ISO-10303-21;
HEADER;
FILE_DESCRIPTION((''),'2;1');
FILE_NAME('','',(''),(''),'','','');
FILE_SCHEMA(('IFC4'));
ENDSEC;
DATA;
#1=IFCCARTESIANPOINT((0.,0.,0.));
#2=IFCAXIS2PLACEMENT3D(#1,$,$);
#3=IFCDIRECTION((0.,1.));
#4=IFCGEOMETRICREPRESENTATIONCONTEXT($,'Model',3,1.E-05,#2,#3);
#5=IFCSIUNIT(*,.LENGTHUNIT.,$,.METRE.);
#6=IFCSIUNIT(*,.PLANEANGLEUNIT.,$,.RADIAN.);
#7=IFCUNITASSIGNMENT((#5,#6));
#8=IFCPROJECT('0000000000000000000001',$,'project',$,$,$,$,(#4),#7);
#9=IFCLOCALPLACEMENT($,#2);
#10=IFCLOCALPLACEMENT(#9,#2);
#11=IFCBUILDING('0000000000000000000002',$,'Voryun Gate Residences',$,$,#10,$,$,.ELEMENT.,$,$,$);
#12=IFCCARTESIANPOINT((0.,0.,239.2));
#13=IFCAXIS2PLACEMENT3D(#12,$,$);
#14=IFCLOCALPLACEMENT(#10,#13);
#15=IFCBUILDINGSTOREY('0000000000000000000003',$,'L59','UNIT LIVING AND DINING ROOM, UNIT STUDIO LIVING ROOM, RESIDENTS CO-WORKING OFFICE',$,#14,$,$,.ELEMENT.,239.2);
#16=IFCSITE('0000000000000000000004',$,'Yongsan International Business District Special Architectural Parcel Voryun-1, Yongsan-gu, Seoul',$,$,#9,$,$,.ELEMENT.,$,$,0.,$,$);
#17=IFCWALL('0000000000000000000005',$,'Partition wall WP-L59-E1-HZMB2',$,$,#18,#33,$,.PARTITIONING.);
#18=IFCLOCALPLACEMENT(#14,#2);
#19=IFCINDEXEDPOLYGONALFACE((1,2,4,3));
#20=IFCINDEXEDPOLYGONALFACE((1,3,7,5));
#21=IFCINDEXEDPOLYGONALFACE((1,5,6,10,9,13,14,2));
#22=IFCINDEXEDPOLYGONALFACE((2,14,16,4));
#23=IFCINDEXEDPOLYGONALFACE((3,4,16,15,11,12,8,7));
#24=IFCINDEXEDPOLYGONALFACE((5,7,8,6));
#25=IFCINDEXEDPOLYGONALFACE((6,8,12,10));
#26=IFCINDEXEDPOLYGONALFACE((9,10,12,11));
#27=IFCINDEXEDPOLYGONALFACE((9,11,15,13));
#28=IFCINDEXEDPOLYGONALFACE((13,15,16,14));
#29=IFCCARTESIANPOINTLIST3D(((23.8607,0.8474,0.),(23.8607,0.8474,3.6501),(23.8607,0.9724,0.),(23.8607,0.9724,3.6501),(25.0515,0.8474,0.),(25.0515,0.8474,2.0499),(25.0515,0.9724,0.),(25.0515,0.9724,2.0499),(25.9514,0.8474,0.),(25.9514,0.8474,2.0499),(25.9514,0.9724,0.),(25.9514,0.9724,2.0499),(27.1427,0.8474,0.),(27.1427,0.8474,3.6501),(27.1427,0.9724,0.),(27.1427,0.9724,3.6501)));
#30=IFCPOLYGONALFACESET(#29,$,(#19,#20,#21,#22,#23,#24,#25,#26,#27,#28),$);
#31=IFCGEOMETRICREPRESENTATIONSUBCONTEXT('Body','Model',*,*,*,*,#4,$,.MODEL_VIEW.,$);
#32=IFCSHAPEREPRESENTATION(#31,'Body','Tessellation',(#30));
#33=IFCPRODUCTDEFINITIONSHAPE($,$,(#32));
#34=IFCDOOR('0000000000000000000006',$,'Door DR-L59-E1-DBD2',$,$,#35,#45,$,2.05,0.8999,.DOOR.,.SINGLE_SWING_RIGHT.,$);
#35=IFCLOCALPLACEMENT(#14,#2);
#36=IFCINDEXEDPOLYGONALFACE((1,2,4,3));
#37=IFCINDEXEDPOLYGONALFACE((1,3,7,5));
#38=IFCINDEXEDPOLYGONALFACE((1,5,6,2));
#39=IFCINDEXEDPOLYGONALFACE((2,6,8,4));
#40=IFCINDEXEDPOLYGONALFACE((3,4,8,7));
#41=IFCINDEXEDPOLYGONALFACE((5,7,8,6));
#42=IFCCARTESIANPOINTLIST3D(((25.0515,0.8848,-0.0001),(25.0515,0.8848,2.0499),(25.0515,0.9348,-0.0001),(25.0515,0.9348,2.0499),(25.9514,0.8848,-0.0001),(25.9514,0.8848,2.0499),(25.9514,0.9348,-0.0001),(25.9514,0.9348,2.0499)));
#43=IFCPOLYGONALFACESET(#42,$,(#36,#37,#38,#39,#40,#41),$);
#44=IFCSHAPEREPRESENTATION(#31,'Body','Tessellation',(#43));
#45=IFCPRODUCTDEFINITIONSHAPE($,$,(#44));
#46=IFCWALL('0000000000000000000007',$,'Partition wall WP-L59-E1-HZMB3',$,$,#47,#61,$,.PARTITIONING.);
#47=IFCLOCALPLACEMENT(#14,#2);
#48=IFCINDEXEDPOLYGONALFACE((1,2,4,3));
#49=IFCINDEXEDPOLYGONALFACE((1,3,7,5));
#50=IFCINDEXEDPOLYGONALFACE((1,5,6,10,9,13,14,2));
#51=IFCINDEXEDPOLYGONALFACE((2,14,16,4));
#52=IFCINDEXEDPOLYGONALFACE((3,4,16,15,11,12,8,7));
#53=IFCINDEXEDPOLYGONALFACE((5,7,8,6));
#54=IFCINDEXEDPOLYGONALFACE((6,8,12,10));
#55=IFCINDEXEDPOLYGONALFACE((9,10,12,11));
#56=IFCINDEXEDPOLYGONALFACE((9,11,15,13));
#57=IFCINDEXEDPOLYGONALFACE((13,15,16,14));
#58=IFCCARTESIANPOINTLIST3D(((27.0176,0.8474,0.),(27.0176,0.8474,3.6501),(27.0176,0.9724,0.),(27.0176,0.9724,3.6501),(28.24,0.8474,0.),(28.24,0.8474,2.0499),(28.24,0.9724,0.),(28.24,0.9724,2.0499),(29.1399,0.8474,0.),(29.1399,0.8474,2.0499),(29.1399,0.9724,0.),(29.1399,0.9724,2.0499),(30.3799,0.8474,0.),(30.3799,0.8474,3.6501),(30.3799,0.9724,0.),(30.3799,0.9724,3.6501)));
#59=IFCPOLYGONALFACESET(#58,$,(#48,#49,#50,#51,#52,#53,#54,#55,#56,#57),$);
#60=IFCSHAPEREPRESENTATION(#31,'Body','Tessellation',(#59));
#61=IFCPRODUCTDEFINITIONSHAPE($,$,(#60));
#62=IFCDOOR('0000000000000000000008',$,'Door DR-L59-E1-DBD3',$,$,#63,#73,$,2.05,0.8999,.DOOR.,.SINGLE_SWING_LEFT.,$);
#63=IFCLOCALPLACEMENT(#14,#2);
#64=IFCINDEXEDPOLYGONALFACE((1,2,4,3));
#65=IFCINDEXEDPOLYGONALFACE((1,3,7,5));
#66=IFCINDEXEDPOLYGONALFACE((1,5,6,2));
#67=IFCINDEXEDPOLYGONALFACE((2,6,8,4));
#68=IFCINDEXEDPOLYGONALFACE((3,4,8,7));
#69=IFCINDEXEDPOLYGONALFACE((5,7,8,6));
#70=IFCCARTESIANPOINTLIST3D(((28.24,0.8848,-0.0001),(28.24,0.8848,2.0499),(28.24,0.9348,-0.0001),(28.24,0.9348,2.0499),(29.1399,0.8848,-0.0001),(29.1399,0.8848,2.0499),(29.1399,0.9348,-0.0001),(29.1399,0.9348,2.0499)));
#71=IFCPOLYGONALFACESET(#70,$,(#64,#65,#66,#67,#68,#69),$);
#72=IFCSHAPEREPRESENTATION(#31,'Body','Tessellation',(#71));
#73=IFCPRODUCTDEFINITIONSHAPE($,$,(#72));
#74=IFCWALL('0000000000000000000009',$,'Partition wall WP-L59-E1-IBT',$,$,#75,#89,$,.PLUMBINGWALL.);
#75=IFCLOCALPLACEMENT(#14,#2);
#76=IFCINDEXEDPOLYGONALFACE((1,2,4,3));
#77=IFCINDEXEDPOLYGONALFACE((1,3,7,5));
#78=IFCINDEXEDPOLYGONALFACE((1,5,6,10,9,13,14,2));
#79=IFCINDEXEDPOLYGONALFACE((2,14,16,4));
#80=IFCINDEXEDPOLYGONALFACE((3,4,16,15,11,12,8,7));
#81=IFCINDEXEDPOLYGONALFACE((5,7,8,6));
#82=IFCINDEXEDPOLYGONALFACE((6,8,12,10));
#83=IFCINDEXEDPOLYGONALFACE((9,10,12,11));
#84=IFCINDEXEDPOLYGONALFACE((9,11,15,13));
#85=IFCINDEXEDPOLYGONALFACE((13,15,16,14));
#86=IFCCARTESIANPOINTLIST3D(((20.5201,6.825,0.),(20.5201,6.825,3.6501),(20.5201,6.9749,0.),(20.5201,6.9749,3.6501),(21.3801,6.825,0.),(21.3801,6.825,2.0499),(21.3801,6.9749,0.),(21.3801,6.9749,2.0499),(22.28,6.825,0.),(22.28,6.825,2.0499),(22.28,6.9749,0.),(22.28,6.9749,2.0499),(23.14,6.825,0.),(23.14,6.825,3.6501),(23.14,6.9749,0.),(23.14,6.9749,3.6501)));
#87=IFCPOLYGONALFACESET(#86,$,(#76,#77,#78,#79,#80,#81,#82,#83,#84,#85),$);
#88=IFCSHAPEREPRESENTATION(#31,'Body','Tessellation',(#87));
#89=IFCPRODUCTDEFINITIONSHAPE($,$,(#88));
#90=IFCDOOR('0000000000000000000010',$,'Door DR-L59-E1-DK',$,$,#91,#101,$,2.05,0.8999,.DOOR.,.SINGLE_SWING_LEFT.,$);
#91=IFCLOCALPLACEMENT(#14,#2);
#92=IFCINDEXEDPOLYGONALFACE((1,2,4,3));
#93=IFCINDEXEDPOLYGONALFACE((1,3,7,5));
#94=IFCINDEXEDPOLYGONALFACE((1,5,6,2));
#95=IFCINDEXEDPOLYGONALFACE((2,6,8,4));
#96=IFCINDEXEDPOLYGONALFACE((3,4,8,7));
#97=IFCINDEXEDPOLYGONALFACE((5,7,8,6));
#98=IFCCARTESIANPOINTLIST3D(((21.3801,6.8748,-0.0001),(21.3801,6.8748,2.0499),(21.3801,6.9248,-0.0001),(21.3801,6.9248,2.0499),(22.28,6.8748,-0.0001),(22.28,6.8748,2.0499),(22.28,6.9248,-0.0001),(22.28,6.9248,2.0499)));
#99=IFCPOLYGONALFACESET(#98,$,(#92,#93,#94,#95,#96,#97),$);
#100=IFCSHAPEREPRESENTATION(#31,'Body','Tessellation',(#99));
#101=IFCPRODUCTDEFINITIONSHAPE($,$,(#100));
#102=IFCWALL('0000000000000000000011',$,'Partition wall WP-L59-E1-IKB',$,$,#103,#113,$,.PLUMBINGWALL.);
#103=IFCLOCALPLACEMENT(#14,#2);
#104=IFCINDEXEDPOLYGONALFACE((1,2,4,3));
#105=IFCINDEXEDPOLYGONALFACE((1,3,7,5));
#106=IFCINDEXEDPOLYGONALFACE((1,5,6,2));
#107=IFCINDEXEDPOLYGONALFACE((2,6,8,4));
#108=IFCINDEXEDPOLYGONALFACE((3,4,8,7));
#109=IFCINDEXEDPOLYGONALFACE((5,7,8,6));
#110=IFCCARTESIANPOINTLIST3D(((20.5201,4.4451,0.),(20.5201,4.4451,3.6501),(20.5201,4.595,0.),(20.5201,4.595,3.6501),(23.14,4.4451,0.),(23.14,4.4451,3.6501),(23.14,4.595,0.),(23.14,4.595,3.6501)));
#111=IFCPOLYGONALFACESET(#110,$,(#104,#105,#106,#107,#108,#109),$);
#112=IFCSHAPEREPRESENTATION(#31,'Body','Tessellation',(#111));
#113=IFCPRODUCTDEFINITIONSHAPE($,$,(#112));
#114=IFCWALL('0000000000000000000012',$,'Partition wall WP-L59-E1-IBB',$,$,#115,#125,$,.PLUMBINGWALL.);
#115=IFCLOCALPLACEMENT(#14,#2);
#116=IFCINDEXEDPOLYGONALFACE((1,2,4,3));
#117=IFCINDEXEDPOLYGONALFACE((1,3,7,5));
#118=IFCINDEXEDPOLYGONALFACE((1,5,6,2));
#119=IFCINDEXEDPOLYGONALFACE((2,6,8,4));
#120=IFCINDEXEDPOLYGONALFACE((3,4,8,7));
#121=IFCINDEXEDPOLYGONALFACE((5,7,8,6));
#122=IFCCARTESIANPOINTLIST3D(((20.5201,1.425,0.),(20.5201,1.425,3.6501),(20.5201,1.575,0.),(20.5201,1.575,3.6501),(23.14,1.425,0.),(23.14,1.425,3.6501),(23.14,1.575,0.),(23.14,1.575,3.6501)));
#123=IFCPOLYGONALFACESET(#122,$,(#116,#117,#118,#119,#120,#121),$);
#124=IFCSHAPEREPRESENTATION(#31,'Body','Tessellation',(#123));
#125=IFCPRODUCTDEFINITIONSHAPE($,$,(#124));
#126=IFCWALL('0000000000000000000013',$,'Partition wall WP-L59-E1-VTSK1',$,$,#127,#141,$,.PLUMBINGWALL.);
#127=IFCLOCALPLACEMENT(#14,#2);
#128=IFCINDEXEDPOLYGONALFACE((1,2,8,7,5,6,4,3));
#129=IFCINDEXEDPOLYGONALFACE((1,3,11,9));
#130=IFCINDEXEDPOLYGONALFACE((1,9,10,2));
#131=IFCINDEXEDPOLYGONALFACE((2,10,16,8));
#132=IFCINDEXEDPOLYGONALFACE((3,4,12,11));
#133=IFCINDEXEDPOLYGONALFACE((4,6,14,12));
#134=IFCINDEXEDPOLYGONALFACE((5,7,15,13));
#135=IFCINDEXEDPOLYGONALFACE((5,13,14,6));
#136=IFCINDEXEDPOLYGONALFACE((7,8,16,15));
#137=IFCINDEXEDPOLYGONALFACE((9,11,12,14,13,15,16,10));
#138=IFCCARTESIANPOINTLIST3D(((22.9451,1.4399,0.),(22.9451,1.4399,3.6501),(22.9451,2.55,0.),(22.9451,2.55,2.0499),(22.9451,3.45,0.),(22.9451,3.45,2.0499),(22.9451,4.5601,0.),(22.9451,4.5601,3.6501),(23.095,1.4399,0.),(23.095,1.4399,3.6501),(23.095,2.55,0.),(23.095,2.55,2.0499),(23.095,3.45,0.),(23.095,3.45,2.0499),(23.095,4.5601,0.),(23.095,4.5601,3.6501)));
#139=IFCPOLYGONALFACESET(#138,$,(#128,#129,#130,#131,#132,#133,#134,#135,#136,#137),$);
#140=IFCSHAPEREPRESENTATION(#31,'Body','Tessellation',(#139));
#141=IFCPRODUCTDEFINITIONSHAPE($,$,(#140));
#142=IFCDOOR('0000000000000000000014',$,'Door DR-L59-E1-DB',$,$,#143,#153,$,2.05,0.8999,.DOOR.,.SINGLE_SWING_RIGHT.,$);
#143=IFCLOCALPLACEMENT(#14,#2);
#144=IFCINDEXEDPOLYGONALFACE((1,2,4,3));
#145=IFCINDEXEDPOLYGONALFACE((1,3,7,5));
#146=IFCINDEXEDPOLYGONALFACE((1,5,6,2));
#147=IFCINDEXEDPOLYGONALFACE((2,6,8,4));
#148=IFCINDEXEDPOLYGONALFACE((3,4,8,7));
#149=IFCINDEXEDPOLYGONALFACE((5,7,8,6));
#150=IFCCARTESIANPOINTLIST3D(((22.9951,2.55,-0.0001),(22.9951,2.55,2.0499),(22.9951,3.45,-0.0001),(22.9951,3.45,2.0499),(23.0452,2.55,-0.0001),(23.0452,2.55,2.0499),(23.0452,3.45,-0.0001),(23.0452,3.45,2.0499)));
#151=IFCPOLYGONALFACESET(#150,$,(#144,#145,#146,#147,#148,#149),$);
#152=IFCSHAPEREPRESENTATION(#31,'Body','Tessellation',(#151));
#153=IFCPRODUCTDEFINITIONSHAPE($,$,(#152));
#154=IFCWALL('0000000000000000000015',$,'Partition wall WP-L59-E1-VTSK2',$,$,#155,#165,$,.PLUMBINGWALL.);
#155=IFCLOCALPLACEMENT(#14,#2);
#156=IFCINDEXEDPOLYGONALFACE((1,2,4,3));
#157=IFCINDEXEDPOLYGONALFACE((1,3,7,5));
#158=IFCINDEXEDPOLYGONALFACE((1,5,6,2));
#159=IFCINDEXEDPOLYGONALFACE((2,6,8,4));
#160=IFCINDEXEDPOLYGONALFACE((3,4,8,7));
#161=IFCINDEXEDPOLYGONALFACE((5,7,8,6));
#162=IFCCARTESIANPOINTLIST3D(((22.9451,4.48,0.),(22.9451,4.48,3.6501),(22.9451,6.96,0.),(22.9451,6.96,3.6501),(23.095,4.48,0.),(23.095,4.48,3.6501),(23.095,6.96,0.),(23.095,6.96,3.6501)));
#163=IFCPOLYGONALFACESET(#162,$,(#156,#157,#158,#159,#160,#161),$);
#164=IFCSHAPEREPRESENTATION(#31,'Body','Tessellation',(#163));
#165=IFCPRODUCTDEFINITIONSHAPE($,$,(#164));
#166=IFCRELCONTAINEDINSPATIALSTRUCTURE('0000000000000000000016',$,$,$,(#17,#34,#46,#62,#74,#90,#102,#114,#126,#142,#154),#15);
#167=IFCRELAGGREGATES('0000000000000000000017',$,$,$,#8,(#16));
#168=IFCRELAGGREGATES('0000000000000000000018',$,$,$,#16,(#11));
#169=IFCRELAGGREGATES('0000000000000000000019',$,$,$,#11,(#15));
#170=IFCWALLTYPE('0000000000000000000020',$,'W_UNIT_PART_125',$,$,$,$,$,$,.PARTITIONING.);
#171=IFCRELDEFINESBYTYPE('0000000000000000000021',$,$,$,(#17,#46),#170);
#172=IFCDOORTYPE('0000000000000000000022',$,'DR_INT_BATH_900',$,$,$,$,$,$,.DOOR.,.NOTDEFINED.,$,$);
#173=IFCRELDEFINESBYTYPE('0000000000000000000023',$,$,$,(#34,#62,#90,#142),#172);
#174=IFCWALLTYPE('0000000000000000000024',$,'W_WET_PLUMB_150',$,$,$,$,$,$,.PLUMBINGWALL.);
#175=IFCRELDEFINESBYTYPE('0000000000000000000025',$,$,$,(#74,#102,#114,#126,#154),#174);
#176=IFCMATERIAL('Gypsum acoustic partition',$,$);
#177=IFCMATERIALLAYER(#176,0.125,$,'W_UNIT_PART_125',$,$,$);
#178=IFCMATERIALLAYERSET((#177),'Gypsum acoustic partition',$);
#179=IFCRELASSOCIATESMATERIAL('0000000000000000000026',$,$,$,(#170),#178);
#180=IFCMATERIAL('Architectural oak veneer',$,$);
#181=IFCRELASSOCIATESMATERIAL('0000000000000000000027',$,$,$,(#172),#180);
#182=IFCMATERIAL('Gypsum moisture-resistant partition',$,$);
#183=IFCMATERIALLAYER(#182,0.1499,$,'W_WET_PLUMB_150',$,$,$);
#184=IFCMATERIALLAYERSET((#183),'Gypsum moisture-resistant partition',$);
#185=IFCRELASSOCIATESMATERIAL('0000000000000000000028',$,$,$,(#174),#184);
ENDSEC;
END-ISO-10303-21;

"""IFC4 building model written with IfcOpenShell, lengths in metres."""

from ifc_helpers import new_model, si_unit, direction, frame, frame_2d, origin, place, context, subcontext, project, spatial, rectangle, extrude, material, layer, layer_set, type_object, element, fill, save


model = new_model("IFC4")

# Units and contexts
model_context = context("Model", 3, precision=1e-05, world=origin(), true_north=direction((0.0, 1.0)))
body_context = subcontext(model_context, "Body", "Model", "MODEL_VIEW")
ifc_project = project(units=[si_unit("LENGTHUNIT", "METRE"), si_unit("PLANEANGLEUNIT", "RADIAN")], contexts=[model_context])

# Site, building, storey
site_placement = place(None, origin())
site = spatial("IfcSite", under=ifc_project, at=site_placement, Name="Yongsan International Business District Special Architectural Parcel Voryun-1, Yongsan-gu, Seoul", CompositionType="ELEMENT", RefElevation=0.0)
building_placement = place(site_placement, origin())
building = spatial("IfcBuilding", under=site, at=building_placement, Name="Voryun Gate Residences", CompositionType="ELEMENT")
storey_placement = place(building_placement, frame((0.0, 0.0, 239.2)))
storey = spatial("IfcBuildingStorey", under=building, at=storey_placement, Name="L59", Description="UNIT LIVING AND DINING ROOM, UNIT STUDIO LIVING ROOM, RESIDENTS CO-WORKING OFFICE", CompositionType="ELEMENT", Elevation=239.2)

# Walls, openings, doors
ifc_material_1 = material(Name="Gypsum acoustic partition")
ifc_layer_1 = layer(ifc_material_1, 0.125, Name="W_UNIT_PART_125")
ifc_layer_set_1 = layer_set([ifc_layer_1], Name="Gypsum acoustic partition")
wall_type_1 = type_object("IfcWallType", Name="W_UNIT_PART_125", PredefinedType="PARTITIONING", material=ifc_layer_set_1)
ifc_material_2 = material(Name="Architectural oak veneer")
door_type_1 = type_object("IfcDoorType", Name="DR_INT_BATH_900", OperationType="NOTDEFINED", PredefinedType="DOOR", material=ifc_material_2)
wall_1_placement = place(storey_placement, frame((23.8606, 0.9099, 0.0), z_axis=(0.0, 0.0, 1.0), x_axis=(1.0, 0.0, 0.0)))
wall_1 = element("IfcWall", 1, at=wall_1_placement, inside=storey, type_object=wall_type_1, Name="Partition wall WP-L59-E1-HZMB2", PredefinedType="PARTITIONING", context=body_context, shape_type="SweptSolid", body=[
    extrude(rectangle(XDim=3.282, YDim=0.125, at=frame_2d((1.6411, 0.0))), origin(), (0.0, 0.0, 1.0), 3.6501),
])
opening_1_placement = place(wall_1_placement, frame((1.1909, 0.0, 0.0)))
opening_1 = element("IfcOpeningElement", 2, at=opening_1_placement, cuts=wall_1, PredefinedType="OPENING", context=body_context, shape_type="SweptSolid", body=[
    extrude(rectangle(XDim=0.8999, YDim=2.05, at=frame_2d((0.45, 1.0249))), frame((0.0, 0.0725, 0.0), z_axis=(0.0, -1.0, 0.0), x_axis=(1.0, 0.0, 0.0)), (0.0, 0.0, 1.0), 0.145),
])
door_1_placement = place(opening_1_placement, origin())
door_1 = element("IfcDoor", 3, at=door_1_placement, inside=storey, type_object=door_type_1, Name="Door DR-L59-E1-DBD2", OperationType="SINGLE_SWING_RIGHT", OverallHeight=2.05, OverallWidth=0.8999, PredefinedType="DOOR", context=body_context, shape_type="SweptSolid", body=[
    extrude(rectangle(XDim=0.8999, YDim=2.05, at=frame_2d((0.45, 1.0249))), frame((0.0, 0.0249, 0.0), z_axis=(0.0, -1.0, 0.0), x_axis=(1.0, 0.0, 0.0)), (0.0, 0.0, 1.0), 0.05),
])
fill(opening_1, door_1)
wall_2_placement = place(storey_placement, frame((27.0176, 0.9099, 0.0), z_axis=(0.0, 0.0, 1.0), x_axis=(1.0, 0.0, 0.0)))
wall_2 = element("IfcWall", 4, at=wall_2_placement, inside=storey, type_object=wall_type_1, Name="Partition wall WP-L59-E1-HZMB3", PredefinedType="PARTITIONING", context=body_context, shape_type="SweptSolid", body=[
    extrude(rectangle(XDim=3.3623, YDim=0.125, at=frame_2d((1.6812, 0.0))), origin(), (0.0, 0.0, 1.0), 3.6501),
])
opening_2_placement = place(wall_2_placement, frame((1.2224, 0.0, 0.0)))
opening_2 = element("IfcOpeningElement", 5, at=opening_2_placement, cuts=wall_2, PredefinedType="OPENING", context=body_context, shape_type="SweptSolid", body=[
    extrude(rectangle(XDim=0.8999, YDim=2.05, at=frame_2d((0.45, 1.0249))), frame((0.0, 0.0725, 0.0), z_axis=(0.0, -1.0, 0.0), x_axis=(1.0, 0.0, 0.0)), (0.0, 0.0, 1.0), 0.145),
])
door_2_placement = place(opening_2_placement, origin())
door_2 = element("IfcDoor", 6, at=door_2_placement, inside=storey, type_object=door_type_1, Name="Door DR-L59-E1-DBD3", OperationType="SINGLE_SWING_LEFT", OverallHeight=2.05, OverallWidth=0.8999, PredefinedType="DOOR", context=body_context, shape_type="SweptSolid", body=[
    extrude(rectangle(XDim=0.8999, YDim=2.05, at=frame_2d((0.45, 1.0249))), frame((0.0, 0.0249, 0.0), z_axis=(0.0, -1.0, 0.0), x_axis=(1.0, 0.0, 0.0)), (0.0, 0.0, 1.0), 0.05),
])
fill(opening_2, door_2)
ifc_material_3 = material(Name="Gypsum moisture-resistant partition")
ifc_layer_2 = layer(ifc_material_3, 0.1499, Name="W_WET_PLUMB_150")
ifc_layer_set_2 = layer_set([ifc_layer_2], Name="Gypsum moisture-resistant partition")
wall_type_2 = type_object("IfcWallType", Name="W_WET_PLUMB_150", PredefinedType="PLUMBINGWALL", material=ifc_layer_set_2)
wall_3_placement = place(storey_placement, frame((20.52, 6.8999, 0.0), z_axis=(0.0, 0.0, 1.0), x_axis=(1.0, 0.0, 0.0)))
wall_3 = element("IfcWall", 7, at=wall_3_placement, inside=storey, type_object=wall_type_2, Name="Partition wall WP-L59-E1-IBT", PredefinedType="PLUMBINGWALL", context=body_context, shape_type="SweptSolid", body=[
    extrude(rectangle(XDim=2.6199, YDim=0.1499, at=frame_2d((1.3101, 0.0))), origin(), (0.0, 0.0, 1.0), 3.6501),
])
opening_3_placement = place(wall_3_placement, frame((0.8601, 0.0, 0.0)))
opening_3 = element("IfcOpeningElement", 8, at=opening_3_placement, cuts=wall_3, PredefinedType="OPENING", context=body_context, shape_type="SweptSolid", body=[
    extrude(rectangle(XDim=0.8999, YDim=2.05, at=frame_2d((0.45, 1.0249))), frame((0.0, 0.085, 0.0), z_axis=(0.0, -1.0, 0.0), x_axis=(1.0, 0.0, 0.0)), (0.0, 0.0, 1.0), 0.1699),
])
door_3_placement = place(opening_3_placement, origin())
door_3 = element("IfcDoor", 9, at=door_3_placement, inside=storey, type_object=door_type_1, Name="Door DR-L59-E1-DK", OperationType="SINGLE_SWING_LEFT", OverallHeight=2.05, OverallWidth=0.8999, PredefinedType="DOOR", context=body_context, shape_type="SweptSolid", body=[
    extrude(rectangle(XDim=0.8999, YDim=2.05, at=frame_2d((0.45, 1.0249))), frame((0.0, 0.0249, 0.0), z_axis=(0.0, -1.0, 0.0), x_axis=(1.0, 0.0, 0.0)), (0.0, 0.0, 1.0), 0.05),
])
fill(opening_3, door_3)

# Walls
for number, where, z_axis, x_axis, name in (
    (10, (20.52, 4.52, 0.0), (0.0, 0.0, 1.0), (1.0, 0.0, 0.0), "Partition wall WP-L59-E1-IKB"),
    (11, (20.52, 1.5, 0.0), (0.0, 0.0, 1.0), (1.0, 0.0, 0.0), "Partition wall WP-L59-E1-IBB"),
):
    element("IfcWall", number, at=place(storey_placement, frame(where, z_axis=z_axis, x_axis=x_axis)), inside=storey, type_object=wall_type_2, Name=name, PredefinedType="PLUMBINGWALL", context=body_context, shape_type="SweptSolid", body=[
        extrude(rectangle(XDim=2.6199, YDim=0.1499, at=frame_2d((1.3101, 0.0))), origin(), (0.0, 0.0, 1.0), 3.6501),
    ])

# Wall, opening, door
wall_4_placement = place(storey_placement, frame((23.02, 1.4399, 0.0), z_axis=(0.0, 0.0, 1.0), x_axis=(0.0, 1.0, 0.0)))
wall_4 = element("IfcWall", 12, at=wall_4_placement, inside=storey, type_object=wall_type_2, Name="Partition wall WP-L59-E1-VTSK1", PredefinedType="PLUMBINGWALL", context=body_context, shape_type="SweptSolid", body=[
    extrude(rectangle(XDim=3.1201, YDim=0.1499, at=frame_2d((1.5601, 0.0))), origin(), (0.0, 0.0, 1.0), 3.6501),
])
opening_4_placement = place(wall_4_placement, frame((1.1101, 0.0, 0.0)))
opening_4 = element("IfcOpeningElement", 13, at=opening_4_placement, cuts=wall_4, PredefinedType="OPENING", context=body_context, shape_type="SweptSolid", body=[
    extrude(rectangle(XDim=0.8999, YDim=2.05, at=frame_2d((0.45, 1.0249))), frame((0.0, 0.085, 0.0), z_axis=(0.0, -1.0, 0.0), x_axis=(1.0, 0.0, 0.0)), (0.0, 0.0, 1.0), 0.1699),
])
door_4_placement = place(opening_4_placement, origin())
door_4 = element("IfcDoor", 14, at=door_4_placement, inside=storey, type_object=door_type_1, Name="Door DR-L59-E1-DB", OperationType="SINGLE_SWING_RIGHT", OverallHeight=2.05, OverallWidth=0.8999, PredefinedType="DOOR", context=body_context, shape_type="SweptSolid", body=[
    extrude(rectangle(XDim=0.8999, YDim=2.05, at=frame_2d((0.45, 1.0249))), frame((0.0, 0.0249, 0.0), z_axis=(0.0, -1.0, 0.0), x_axis=(1.0, 0.0, 0.0)), (0.0, 0.0, 1.0), 0.05),
])
fill(opening_4, door_4)

# Wall
wall_5_placement = place(storey_placement, frame((23.02, 4.48, 0.0), z_axis=(0.0, 0.0, 1.0), x_axis=(0.0, 1.0, 0.0)))
element("IfcWall", 15, at=wall_5_placement, inside=storey, type_object=wall_type_2, Name="Partition wall WP-L59-E1-VTSK2", PredefinedType="PLUMBINGWALL", context=body_context, shape_type="SweptSolid", body=[
    extrude(rectangle(XDim=2.48, YDim=0.1499, at=frame_2d((1.24, 0.0))), origin(), (0.0, 0.0, 1.0), 3.6501),
])

save(model, "model.ifc")
